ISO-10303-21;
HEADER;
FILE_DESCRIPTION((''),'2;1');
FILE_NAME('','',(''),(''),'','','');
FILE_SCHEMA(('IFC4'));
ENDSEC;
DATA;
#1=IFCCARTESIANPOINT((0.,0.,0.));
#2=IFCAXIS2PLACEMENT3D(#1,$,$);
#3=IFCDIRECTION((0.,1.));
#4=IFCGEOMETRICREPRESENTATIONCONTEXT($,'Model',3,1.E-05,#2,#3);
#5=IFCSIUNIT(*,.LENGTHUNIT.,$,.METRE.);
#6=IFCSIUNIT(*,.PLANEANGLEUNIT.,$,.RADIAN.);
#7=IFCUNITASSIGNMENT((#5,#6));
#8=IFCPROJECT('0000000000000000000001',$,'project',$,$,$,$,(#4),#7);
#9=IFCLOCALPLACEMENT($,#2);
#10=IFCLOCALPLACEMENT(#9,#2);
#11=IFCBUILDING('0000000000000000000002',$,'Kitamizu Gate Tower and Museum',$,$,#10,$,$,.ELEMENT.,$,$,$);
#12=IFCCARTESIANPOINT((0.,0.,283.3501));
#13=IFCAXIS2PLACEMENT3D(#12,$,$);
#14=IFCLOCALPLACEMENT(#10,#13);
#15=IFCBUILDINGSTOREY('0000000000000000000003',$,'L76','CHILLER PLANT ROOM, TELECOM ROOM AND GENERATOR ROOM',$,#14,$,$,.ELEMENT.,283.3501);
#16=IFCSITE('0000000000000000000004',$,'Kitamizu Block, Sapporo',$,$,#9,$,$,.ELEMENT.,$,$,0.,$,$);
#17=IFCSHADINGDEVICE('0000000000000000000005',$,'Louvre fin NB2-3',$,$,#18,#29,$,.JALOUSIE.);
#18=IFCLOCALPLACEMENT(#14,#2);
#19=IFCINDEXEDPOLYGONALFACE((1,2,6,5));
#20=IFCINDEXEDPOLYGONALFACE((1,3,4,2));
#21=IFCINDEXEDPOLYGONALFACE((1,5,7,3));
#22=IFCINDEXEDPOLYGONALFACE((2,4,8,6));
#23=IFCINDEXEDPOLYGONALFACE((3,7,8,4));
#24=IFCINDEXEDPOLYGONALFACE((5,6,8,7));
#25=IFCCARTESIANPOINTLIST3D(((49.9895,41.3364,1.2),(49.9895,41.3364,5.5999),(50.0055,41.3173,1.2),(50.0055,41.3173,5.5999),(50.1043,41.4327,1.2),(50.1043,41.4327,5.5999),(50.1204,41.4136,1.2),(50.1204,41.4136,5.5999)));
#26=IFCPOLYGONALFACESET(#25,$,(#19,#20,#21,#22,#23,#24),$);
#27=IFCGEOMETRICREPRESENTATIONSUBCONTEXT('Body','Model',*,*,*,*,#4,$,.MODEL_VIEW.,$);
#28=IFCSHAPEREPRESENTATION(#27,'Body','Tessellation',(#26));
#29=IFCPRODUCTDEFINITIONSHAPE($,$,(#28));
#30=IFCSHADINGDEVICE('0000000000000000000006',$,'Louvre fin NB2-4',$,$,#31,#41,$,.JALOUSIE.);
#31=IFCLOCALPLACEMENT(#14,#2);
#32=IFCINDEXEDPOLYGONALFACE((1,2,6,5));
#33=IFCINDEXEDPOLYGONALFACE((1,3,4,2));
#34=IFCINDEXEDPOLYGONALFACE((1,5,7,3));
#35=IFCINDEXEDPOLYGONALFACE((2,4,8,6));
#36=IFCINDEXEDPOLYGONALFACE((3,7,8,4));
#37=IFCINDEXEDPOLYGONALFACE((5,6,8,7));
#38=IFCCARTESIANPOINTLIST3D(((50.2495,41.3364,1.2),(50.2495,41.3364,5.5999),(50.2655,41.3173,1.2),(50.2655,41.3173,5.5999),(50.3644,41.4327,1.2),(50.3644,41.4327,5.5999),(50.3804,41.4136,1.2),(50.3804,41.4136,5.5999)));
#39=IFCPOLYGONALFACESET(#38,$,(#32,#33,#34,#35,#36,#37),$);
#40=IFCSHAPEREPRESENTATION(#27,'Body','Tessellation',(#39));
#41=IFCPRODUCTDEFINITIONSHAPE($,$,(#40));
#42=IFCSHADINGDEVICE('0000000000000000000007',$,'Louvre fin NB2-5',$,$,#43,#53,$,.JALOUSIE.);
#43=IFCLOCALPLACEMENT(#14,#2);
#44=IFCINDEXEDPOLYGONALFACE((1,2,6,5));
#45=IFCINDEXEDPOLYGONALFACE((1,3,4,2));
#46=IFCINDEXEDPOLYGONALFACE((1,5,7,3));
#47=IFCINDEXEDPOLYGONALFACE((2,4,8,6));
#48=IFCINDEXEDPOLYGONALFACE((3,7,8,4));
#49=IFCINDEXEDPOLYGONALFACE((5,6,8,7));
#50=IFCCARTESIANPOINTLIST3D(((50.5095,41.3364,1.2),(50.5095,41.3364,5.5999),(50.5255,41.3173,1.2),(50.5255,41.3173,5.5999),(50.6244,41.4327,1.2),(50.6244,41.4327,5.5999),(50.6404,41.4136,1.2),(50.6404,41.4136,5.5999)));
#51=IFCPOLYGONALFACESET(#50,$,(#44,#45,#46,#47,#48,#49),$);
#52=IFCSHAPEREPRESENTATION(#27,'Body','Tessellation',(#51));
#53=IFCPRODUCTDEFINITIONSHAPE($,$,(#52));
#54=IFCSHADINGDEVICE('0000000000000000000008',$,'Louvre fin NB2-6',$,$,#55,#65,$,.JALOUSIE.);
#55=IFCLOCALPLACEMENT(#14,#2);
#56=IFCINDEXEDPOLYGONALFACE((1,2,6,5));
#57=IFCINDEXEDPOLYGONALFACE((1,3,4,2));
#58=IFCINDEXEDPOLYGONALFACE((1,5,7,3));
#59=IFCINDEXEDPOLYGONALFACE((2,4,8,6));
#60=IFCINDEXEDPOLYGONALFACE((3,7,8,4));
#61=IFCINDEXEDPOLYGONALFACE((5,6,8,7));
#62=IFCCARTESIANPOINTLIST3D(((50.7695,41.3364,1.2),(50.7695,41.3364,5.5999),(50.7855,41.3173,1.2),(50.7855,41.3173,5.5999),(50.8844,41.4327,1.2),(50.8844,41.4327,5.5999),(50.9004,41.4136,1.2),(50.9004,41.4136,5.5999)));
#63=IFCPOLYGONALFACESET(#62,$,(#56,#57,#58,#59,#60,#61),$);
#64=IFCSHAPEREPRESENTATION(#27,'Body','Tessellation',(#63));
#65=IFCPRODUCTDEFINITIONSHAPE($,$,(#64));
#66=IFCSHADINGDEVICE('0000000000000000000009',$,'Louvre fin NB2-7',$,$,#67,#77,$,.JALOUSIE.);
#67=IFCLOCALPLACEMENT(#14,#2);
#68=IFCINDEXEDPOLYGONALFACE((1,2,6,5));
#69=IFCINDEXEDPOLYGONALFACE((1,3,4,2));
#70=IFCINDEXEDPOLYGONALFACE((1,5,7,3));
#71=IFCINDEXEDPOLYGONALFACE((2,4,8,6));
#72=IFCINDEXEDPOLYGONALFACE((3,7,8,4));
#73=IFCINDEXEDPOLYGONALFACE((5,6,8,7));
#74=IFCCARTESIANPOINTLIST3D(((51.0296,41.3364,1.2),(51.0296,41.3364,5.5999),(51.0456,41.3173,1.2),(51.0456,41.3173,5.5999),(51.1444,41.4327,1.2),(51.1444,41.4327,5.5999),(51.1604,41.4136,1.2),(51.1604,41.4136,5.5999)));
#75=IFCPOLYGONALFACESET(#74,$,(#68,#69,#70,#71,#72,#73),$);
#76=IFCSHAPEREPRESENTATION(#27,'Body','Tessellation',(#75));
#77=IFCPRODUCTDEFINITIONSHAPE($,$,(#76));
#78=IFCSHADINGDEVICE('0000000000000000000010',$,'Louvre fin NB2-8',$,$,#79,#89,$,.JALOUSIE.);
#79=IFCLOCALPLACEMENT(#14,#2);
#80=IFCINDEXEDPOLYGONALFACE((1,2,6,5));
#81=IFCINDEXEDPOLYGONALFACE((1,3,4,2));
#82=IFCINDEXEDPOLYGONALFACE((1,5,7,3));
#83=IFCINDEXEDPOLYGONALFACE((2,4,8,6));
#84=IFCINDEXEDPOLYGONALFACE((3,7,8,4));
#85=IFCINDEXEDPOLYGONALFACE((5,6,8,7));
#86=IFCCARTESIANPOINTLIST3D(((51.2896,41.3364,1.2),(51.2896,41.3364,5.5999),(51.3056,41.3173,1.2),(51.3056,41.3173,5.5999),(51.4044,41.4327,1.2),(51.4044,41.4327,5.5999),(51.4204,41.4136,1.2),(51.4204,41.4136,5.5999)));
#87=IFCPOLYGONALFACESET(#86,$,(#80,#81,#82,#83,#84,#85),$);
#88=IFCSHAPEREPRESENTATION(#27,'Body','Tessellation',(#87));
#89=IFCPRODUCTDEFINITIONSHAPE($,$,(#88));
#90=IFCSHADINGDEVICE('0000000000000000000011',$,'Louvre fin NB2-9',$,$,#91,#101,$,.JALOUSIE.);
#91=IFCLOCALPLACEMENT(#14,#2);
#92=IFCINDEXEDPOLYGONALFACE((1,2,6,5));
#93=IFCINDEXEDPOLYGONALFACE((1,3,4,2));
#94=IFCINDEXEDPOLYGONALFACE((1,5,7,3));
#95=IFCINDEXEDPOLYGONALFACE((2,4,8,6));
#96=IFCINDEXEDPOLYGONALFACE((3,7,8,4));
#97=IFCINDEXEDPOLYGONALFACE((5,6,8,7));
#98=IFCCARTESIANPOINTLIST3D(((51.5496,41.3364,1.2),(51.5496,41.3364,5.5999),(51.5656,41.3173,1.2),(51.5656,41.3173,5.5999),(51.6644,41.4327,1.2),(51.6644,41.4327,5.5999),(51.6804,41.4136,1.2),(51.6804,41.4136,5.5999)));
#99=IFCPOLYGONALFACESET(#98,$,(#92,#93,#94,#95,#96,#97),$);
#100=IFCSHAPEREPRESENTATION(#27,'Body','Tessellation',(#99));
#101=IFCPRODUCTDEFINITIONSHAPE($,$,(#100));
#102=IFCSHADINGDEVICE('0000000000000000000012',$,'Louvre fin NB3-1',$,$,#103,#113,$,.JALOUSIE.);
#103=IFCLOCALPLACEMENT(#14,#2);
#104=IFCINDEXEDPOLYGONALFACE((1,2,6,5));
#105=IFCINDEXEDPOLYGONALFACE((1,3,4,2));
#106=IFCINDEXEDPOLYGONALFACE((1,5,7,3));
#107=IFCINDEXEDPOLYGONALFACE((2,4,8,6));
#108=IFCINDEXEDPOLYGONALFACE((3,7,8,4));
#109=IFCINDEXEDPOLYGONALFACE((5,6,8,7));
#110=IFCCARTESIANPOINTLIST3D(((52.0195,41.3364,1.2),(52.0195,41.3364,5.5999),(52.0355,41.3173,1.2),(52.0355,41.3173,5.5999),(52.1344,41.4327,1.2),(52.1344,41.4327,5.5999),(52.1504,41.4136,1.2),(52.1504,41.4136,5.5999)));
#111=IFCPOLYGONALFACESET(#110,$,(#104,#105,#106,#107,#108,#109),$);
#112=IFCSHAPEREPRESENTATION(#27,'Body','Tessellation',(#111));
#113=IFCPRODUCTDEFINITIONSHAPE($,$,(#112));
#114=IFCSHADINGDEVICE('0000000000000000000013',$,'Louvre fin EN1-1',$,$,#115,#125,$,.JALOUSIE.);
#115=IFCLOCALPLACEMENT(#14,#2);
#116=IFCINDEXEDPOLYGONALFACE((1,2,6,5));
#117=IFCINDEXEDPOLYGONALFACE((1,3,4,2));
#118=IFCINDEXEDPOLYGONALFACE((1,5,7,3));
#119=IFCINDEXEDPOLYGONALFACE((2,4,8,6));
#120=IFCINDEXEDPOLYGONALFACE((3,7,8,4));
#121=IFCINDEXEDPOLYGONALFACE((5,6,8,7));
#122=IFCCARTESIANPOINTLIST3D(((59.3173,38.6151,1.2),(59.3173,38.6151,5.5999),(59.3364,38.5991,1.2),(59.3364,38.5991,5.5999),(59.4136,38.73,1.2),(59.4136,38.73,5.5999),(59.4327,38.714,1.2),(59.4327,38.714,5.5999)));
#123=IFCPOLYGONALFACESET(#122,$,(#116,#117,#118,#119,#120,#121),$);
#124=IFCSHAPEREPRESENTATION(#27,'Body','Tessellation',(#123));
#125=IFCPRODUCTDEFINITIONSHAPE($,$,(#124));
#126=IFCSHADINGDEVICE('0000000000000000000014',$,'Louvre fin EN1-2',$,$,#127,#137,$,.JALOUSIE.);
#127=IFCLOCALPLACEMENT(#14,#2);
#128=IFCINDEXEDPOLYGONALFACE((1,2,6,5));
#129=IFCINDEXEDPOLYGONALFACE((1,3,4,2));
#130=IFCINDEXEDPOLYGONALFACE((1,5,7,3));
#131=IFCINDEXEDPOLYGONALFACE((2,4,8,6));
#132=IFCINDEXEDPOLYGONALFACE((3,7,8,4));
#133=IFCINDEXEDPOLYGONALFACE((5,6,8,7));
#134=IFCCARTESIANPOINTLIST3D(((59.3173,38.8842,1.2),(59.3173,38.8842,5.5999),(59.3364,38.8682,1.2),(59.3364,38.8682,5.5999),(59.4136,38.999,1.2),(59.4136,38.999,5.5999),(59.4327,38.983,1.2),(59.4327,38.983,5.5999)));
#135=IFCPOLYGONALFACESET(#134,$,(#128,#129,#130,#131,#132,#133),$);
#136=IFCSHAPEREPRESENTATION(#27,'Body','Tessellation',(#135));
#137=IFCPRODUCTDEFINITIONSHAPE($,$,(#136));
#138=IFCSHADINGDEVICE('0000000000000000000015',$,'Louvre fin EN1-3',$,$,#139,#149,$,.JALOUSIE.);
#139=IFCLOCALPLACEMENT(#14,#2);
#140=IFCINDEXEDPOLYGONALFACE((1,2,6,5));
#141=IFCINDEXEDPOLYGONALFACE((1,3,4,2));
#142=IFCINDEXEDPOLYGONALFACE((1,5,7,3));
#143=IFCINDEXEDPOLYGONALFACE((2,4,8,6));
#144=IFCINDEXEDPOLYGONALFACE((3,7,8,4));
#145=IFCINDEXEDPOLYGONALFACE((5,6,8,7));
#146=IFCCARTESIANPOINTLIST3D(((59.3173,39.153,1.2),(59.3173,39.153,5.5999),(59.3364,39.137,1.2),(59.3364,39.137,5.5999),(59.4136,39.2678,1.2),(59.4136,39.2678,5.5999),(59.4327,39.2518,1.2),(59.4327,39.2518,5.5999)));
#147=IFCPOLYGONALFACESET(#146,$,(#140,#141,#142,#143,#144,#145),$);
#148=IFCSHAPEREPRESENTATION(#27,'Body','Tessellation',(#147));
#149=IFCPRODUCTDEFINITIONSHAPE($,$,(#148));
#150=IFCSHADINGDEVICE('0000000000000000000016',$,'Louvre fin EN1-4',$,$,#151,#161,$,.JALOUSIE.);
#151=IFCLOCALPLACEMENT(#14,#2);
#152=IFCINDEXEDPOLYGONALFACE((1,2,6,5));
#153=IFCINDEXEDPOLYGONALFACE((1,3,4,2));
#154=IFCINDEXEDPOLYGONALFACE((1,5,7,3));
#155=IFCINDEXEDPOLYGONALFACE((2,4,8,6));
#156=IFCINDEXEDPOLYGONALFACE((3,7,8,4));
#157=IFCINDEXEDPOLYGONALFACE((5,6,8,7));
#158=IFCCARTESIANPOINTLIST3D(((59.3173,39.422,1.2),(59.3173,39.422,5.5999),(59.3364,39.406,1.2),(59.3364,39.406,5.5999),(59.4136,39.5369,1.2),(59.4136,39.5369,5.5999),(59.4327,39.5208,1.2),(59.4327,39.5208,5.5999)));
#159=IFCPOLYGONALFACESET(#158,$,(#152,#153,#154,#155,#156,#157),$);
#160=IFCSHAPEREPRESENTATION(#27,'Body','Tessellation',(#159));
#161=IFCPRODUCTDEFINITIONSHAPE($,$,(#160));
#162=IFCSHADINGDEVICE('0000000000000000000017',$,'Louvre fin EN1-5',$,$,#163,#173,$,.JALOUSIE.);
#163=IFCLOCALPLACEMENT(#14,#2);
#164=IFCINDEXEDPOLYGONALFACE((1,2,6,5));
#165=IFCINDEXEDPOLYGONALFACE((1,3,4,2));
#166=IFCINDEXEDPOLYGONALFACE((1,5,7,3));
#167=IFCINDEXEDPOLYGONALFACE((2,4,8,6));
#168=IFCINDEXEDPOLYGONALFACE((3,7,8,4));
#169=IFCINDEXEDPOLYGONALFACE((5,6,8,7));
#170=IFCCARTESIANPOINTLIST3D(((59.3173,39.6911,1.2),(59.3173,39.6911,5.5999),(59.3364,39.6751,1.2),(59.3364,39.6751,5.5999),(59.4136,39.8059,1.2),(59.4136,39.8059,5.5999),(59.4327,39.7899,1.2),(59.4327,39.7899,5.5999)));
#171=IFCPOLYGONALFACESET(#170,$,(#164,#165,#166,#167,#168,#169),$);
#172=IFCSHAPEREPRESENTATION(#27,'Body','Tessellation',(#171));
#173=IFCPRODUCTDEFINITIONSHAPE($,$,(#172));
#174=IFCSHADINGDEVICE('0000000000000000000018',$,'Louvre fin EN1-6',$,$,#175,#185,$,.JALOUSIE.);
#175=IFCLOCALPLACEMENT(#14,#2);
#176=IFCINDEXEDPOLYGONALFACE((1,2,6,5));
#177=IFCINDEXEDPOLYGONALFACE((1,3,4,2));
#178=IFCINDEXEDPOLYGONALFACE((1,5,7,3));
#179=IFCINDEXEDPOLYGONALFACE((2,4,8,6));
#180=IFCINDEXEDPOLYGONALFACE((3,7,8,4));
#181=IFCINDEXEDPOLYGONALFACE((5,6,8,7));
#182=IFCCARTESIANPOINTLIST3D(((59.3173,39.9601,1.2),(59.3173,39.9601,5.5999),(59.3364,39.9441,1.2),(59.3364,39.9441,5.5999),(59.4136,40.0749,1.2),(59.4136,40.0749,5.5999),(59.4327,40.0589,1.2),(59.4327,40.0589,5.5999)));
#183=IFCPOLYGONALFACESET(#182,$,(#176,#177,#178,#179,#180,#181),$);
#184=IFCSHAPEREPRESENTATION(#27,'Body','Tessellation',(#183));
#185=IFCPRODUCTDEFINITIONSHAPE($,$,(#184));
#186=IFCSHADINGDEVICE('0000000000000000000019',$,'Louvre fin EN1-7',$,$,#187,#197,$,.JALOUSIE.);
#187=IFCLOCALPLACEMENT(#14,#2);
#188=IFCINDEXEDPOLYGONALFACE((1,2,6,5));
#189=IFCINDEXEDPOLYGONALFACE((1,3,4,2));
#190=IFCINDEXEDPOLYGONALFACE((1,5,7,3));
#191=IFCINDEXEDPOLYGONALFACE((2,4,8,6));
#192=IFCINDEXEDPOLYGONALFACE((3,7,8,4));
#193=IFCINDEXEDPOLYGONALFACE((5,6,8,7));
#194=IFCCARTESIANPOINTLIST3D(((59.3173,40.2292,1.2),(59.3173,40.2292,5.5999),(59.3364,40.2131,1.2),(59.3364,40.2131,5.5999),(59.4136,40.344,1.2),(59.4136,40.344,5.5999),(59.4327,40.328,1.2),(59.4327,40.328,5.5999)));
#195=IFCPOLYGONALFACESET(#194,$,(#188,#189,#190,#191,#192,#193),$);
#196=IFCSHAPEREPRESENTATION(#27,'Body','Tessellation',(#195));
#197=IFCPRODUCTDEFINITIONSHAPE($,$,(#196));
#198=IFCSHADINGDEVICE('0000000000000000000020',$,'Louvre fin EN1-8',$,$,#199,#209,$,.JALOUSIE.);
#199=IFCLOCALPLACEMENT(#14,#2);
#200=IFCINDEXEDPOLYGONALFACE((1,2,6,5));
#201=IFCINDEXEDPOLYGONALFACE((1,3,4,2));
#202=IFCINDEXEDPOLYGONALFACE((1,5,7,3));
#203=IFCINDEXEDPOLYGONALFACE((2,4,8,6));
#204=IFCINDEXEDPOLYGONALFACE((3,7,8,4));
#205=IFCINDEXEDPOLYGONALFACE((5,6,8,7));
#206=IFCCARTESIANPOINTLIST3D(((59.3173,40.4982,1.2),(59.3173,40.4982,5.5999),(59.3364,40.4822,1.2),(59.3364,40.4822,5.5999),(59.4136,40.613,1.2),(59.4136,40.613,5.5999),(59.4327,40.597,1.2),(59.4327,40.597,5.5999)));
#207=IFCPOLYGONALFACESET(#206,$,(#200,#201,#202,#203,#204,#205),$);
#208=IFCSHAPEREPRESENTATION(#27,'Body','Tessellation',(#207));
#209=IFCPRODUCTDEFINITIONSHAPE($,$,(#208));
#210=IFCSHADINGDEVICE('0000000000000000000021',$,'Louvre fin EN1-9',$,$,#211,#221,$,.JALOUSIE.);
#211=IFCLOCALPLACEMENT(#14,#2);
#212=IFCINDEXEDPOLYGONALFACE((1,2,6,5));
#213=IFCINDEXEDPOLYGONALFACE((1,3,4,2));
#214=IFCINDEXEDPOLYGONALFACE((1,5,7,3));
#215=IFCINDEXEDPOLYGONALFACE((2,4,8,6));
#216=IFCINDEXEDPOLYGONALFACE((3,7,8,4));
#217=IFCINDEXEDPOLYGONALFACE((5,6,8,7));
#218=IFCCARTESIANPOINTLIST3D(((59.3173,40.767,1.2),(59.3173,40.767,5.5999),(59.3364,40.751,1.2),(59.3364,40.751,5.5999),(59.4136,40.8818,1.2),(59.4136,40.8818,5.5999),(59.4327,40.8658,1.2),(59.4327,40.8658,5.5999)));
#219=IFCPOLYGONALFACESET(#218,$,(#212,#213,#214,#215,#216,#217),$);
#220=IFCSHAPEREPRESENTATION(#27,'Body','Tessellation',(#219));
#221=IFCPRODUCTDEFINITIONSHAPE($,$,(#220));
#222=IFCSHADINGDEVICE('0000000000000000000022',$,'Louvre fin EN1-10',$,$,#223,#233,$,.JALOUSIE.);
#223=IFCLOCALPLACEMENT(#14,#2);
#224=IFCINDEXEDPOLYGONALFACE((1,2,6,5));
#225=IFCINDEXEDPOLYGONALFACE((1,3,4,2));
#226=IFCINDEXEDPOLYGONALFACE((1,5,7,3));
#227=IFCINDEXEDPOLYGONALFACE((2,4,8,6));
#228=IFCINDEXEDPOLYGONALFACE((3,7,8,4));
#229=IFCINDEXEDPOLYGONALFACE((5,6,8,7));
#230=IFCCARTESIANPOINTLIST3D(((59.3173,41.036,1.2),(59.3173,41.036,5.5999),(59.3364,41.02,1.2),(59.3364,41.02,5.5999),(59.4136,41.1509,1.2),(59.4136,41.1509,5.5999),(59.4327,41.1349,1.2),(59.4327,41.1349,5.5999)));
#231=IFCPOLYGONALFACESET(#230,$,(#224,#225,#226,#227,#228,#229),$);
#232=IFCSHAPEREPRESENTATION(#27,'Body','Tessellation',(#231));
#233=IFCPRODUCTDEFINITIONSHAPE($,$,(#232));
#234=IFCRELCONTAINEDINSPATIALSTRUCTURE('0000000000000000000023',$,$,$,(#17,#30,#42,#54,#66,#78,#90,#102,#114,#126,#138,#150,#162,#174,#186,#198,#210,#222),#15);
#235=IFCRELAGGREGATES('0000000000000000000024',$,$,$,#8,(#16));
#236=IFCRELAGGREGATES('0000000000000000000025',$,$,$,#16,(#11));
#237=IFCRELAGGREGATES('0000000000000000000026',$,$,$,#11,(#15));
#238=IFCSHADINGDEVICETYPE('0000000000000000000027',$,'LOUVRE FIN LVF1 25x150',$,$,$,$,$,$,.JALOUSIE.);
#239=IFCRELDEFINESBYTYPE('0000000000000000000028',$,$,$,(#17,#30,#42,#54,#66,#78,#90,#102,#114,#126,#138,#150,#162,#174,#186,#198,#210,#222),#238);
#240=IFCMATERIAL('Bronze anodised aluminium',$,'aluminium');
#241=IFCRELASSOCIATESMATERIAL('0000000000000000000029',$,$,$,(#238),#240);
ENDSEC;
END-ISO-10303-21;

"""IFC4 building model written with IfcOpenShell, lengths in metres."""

from ifc_helpers import new_model, si_unit, direction, frame, origin, origin_2d, place, context, subcontext, project, spatial, rectangle, extrude, material, material_profile, profile_set, type_object, element, save


model = new_model("IFC4")

# Units and contexts
model_context = context("Model", 3, precision=1e-05, world=origin(), true_north=direction((0.0, 1.0)))
body_context = subcontext(model_context, "Body", "Model", "MODEL_VIEW")
ifc_project = project(units=[si_unit("LENGTHUNIT", "METRE"), si_unit("PLANEANGLEUNIT", "RADIAN")], contexts=[model_context])

# Site, building, storey
site_placement = place(None, origin())
site = spatial("IfcSite", under=ifc_project, at=site_placement, Name="Kitamizu Block, Sapporo", CompositionType="ELEMENT", RefElevation=0.0)
building_placement = place(site_placement, origin())
building = spatial("IfcBuilding", under=site, at=building_placement, Name="Kitamizu Gate Tower and Museum", CompositionType="ELEMENT")
storey_placement = place(building_placement, frame((0.0, 0.0, 283.3501)))
storey = spatial("IfcBuildingStorey", under=building, at=storey_placement, Name="L76", Description="CHILLER PLANT ROOM, TELECOM ROOM AND GENERATOR ROOM", CompositionType="ELEMENT", Elevation=283.3501)

# Shading devices
ifc_material_1 = material(Name="Bronze anodised aluminium", Category="aluminium")
ifc_material_profile_1 = material_profile(ifc_material_1, rectangle(XDim=0.1499, YDim=0.0249, at=origin_2d()), Name="AL 25x150")
ifc_profile_set_1 = profile_set([ifc_material_profile_1], Name="Bronze anodised aluminium")
shading_device_type = type_object("IfcShadingDeviceType", Name="LOUVRE FIN LVF1 25x150", PredefinedType="JALOUSIE", material=ifc_profile_set_1)
for number, where, z_axis, x_axis, name in (
    (1, (50.0549, 41.375, 1.2), (0.0, 0.0, 1.0), (0.766044, 0.642788, 0.0), "Louvre fin NB2-3"),
    (2, (50.3149, 41.375, 1.2), (0.0, 0.0, 1.0), (0.766044, 0.642788, 0.0), "Louvre fin NB2-4"),
    (3, (50.575, 41.375, 1.2), (0.0, 0.0, 1.0), (0.766044, 0.642788, 0.0), "Louvre fin NB2-5"),
    (4, (50.835, 41.375, 1.2), (0.0, 0.0, 1.0), (0.766044, 0.642788, 0.0), "Louvre fin NB2-6"),
    (5, (51.095, 41.375, 1.2), (0.0, 0.0, 1.0), (0.766044, 0.642788, 0.0), "Louvre fin NB2-7"),
    (6, (51.355, 41.375, 1.2), (0.0, 0.0, 1.0), (0.766044, 0.642788, 0.0), "Louvre fin NB2-8"),
    (7, (51.615, 41.375, 1.2), (0.0, 0.0, 1.0), (0.766044, 0.642788, 0.0), "Louvre fin NB2-9"),
    (8, (52.085, 41.375, 1.2), (0.0, 0.0, 1.0), (0.766044, 0.642788, 0.0), "Louvre fin NB3-1"),
    (9, (59.375, 38.6646, 1.2), (0.0, 0.0, 1.0), (0.642788, 0.766044, 0.0), "Louvre fin EN1-1"),
    (10, (59.375, 38.9336, 1.2), (0.0, 0.0, 1.0), (0.642788, 0.766044, 0.0), "Louvre fin EN1-2"),
    (11, (59.375, 39.2024, 1.2), (0.0, 0.0, 1.0), (0.642788, 0.766044, 0.0), "Louvre fin EN1-3"),
    (12, (59.375, 39.4714, 1.2), (0.0, 0.0, 1.0), (0.642788, 0.766044, 0.0), "Louvre fin EN1-4"),
    (13, (59.375, 39.7405, 1.2), (0.0, 0.0, 1.0), (0.642788, 0.766044, 0.0), "Louvre fin EN1-5"),
    (14, (59.375, 40.0095, 1.2), (0.0, 0.0, 1.0), (0.642788, 0.766044, 0.0), "Louvre fin EN1-6"),
    (15, (59.375, 40.2786, 1.2), (0.0, 0.0, 1.0), (0.642788, 0.766044, 0.0), "Louvre fin EN1-7"),
    (16, (59.375, 40.5476, 1.2), (0.0, 0.0, 1.0), (0.642788, 0.766044, 0.0), "Louvre fin EN1-8"),
    (17, (59.375, 40.8164, 1.2), (0.0, 0.0, 1.0), (0.642788, 0.766044, 0.0), "Louvre fin EN1-9"),
    (18, (59.375, 41.0854, 1.2), (0.0, 0.0, 1.0), (0.642788, 0.766044, 0.0), "Louvre fin EN1-10"),
):
    element("IfcShadingDevice", number, at=place(storey_placement, frame(where, z_axis=z_axis, x_axis=x_axis)), inside=storey, type_object=shading_device_type, Name=name, PredefinedType="JALOUSIE", context=body_context, shape_type="SweptSolid", body=[
        extrude(rectangle(XDim=0.1499, YDim=0.0249, at=origin_2d()), origin(), (0.0, 0.0, 1.0), 4.3999),
    ])

save(model, "model.ifc")
